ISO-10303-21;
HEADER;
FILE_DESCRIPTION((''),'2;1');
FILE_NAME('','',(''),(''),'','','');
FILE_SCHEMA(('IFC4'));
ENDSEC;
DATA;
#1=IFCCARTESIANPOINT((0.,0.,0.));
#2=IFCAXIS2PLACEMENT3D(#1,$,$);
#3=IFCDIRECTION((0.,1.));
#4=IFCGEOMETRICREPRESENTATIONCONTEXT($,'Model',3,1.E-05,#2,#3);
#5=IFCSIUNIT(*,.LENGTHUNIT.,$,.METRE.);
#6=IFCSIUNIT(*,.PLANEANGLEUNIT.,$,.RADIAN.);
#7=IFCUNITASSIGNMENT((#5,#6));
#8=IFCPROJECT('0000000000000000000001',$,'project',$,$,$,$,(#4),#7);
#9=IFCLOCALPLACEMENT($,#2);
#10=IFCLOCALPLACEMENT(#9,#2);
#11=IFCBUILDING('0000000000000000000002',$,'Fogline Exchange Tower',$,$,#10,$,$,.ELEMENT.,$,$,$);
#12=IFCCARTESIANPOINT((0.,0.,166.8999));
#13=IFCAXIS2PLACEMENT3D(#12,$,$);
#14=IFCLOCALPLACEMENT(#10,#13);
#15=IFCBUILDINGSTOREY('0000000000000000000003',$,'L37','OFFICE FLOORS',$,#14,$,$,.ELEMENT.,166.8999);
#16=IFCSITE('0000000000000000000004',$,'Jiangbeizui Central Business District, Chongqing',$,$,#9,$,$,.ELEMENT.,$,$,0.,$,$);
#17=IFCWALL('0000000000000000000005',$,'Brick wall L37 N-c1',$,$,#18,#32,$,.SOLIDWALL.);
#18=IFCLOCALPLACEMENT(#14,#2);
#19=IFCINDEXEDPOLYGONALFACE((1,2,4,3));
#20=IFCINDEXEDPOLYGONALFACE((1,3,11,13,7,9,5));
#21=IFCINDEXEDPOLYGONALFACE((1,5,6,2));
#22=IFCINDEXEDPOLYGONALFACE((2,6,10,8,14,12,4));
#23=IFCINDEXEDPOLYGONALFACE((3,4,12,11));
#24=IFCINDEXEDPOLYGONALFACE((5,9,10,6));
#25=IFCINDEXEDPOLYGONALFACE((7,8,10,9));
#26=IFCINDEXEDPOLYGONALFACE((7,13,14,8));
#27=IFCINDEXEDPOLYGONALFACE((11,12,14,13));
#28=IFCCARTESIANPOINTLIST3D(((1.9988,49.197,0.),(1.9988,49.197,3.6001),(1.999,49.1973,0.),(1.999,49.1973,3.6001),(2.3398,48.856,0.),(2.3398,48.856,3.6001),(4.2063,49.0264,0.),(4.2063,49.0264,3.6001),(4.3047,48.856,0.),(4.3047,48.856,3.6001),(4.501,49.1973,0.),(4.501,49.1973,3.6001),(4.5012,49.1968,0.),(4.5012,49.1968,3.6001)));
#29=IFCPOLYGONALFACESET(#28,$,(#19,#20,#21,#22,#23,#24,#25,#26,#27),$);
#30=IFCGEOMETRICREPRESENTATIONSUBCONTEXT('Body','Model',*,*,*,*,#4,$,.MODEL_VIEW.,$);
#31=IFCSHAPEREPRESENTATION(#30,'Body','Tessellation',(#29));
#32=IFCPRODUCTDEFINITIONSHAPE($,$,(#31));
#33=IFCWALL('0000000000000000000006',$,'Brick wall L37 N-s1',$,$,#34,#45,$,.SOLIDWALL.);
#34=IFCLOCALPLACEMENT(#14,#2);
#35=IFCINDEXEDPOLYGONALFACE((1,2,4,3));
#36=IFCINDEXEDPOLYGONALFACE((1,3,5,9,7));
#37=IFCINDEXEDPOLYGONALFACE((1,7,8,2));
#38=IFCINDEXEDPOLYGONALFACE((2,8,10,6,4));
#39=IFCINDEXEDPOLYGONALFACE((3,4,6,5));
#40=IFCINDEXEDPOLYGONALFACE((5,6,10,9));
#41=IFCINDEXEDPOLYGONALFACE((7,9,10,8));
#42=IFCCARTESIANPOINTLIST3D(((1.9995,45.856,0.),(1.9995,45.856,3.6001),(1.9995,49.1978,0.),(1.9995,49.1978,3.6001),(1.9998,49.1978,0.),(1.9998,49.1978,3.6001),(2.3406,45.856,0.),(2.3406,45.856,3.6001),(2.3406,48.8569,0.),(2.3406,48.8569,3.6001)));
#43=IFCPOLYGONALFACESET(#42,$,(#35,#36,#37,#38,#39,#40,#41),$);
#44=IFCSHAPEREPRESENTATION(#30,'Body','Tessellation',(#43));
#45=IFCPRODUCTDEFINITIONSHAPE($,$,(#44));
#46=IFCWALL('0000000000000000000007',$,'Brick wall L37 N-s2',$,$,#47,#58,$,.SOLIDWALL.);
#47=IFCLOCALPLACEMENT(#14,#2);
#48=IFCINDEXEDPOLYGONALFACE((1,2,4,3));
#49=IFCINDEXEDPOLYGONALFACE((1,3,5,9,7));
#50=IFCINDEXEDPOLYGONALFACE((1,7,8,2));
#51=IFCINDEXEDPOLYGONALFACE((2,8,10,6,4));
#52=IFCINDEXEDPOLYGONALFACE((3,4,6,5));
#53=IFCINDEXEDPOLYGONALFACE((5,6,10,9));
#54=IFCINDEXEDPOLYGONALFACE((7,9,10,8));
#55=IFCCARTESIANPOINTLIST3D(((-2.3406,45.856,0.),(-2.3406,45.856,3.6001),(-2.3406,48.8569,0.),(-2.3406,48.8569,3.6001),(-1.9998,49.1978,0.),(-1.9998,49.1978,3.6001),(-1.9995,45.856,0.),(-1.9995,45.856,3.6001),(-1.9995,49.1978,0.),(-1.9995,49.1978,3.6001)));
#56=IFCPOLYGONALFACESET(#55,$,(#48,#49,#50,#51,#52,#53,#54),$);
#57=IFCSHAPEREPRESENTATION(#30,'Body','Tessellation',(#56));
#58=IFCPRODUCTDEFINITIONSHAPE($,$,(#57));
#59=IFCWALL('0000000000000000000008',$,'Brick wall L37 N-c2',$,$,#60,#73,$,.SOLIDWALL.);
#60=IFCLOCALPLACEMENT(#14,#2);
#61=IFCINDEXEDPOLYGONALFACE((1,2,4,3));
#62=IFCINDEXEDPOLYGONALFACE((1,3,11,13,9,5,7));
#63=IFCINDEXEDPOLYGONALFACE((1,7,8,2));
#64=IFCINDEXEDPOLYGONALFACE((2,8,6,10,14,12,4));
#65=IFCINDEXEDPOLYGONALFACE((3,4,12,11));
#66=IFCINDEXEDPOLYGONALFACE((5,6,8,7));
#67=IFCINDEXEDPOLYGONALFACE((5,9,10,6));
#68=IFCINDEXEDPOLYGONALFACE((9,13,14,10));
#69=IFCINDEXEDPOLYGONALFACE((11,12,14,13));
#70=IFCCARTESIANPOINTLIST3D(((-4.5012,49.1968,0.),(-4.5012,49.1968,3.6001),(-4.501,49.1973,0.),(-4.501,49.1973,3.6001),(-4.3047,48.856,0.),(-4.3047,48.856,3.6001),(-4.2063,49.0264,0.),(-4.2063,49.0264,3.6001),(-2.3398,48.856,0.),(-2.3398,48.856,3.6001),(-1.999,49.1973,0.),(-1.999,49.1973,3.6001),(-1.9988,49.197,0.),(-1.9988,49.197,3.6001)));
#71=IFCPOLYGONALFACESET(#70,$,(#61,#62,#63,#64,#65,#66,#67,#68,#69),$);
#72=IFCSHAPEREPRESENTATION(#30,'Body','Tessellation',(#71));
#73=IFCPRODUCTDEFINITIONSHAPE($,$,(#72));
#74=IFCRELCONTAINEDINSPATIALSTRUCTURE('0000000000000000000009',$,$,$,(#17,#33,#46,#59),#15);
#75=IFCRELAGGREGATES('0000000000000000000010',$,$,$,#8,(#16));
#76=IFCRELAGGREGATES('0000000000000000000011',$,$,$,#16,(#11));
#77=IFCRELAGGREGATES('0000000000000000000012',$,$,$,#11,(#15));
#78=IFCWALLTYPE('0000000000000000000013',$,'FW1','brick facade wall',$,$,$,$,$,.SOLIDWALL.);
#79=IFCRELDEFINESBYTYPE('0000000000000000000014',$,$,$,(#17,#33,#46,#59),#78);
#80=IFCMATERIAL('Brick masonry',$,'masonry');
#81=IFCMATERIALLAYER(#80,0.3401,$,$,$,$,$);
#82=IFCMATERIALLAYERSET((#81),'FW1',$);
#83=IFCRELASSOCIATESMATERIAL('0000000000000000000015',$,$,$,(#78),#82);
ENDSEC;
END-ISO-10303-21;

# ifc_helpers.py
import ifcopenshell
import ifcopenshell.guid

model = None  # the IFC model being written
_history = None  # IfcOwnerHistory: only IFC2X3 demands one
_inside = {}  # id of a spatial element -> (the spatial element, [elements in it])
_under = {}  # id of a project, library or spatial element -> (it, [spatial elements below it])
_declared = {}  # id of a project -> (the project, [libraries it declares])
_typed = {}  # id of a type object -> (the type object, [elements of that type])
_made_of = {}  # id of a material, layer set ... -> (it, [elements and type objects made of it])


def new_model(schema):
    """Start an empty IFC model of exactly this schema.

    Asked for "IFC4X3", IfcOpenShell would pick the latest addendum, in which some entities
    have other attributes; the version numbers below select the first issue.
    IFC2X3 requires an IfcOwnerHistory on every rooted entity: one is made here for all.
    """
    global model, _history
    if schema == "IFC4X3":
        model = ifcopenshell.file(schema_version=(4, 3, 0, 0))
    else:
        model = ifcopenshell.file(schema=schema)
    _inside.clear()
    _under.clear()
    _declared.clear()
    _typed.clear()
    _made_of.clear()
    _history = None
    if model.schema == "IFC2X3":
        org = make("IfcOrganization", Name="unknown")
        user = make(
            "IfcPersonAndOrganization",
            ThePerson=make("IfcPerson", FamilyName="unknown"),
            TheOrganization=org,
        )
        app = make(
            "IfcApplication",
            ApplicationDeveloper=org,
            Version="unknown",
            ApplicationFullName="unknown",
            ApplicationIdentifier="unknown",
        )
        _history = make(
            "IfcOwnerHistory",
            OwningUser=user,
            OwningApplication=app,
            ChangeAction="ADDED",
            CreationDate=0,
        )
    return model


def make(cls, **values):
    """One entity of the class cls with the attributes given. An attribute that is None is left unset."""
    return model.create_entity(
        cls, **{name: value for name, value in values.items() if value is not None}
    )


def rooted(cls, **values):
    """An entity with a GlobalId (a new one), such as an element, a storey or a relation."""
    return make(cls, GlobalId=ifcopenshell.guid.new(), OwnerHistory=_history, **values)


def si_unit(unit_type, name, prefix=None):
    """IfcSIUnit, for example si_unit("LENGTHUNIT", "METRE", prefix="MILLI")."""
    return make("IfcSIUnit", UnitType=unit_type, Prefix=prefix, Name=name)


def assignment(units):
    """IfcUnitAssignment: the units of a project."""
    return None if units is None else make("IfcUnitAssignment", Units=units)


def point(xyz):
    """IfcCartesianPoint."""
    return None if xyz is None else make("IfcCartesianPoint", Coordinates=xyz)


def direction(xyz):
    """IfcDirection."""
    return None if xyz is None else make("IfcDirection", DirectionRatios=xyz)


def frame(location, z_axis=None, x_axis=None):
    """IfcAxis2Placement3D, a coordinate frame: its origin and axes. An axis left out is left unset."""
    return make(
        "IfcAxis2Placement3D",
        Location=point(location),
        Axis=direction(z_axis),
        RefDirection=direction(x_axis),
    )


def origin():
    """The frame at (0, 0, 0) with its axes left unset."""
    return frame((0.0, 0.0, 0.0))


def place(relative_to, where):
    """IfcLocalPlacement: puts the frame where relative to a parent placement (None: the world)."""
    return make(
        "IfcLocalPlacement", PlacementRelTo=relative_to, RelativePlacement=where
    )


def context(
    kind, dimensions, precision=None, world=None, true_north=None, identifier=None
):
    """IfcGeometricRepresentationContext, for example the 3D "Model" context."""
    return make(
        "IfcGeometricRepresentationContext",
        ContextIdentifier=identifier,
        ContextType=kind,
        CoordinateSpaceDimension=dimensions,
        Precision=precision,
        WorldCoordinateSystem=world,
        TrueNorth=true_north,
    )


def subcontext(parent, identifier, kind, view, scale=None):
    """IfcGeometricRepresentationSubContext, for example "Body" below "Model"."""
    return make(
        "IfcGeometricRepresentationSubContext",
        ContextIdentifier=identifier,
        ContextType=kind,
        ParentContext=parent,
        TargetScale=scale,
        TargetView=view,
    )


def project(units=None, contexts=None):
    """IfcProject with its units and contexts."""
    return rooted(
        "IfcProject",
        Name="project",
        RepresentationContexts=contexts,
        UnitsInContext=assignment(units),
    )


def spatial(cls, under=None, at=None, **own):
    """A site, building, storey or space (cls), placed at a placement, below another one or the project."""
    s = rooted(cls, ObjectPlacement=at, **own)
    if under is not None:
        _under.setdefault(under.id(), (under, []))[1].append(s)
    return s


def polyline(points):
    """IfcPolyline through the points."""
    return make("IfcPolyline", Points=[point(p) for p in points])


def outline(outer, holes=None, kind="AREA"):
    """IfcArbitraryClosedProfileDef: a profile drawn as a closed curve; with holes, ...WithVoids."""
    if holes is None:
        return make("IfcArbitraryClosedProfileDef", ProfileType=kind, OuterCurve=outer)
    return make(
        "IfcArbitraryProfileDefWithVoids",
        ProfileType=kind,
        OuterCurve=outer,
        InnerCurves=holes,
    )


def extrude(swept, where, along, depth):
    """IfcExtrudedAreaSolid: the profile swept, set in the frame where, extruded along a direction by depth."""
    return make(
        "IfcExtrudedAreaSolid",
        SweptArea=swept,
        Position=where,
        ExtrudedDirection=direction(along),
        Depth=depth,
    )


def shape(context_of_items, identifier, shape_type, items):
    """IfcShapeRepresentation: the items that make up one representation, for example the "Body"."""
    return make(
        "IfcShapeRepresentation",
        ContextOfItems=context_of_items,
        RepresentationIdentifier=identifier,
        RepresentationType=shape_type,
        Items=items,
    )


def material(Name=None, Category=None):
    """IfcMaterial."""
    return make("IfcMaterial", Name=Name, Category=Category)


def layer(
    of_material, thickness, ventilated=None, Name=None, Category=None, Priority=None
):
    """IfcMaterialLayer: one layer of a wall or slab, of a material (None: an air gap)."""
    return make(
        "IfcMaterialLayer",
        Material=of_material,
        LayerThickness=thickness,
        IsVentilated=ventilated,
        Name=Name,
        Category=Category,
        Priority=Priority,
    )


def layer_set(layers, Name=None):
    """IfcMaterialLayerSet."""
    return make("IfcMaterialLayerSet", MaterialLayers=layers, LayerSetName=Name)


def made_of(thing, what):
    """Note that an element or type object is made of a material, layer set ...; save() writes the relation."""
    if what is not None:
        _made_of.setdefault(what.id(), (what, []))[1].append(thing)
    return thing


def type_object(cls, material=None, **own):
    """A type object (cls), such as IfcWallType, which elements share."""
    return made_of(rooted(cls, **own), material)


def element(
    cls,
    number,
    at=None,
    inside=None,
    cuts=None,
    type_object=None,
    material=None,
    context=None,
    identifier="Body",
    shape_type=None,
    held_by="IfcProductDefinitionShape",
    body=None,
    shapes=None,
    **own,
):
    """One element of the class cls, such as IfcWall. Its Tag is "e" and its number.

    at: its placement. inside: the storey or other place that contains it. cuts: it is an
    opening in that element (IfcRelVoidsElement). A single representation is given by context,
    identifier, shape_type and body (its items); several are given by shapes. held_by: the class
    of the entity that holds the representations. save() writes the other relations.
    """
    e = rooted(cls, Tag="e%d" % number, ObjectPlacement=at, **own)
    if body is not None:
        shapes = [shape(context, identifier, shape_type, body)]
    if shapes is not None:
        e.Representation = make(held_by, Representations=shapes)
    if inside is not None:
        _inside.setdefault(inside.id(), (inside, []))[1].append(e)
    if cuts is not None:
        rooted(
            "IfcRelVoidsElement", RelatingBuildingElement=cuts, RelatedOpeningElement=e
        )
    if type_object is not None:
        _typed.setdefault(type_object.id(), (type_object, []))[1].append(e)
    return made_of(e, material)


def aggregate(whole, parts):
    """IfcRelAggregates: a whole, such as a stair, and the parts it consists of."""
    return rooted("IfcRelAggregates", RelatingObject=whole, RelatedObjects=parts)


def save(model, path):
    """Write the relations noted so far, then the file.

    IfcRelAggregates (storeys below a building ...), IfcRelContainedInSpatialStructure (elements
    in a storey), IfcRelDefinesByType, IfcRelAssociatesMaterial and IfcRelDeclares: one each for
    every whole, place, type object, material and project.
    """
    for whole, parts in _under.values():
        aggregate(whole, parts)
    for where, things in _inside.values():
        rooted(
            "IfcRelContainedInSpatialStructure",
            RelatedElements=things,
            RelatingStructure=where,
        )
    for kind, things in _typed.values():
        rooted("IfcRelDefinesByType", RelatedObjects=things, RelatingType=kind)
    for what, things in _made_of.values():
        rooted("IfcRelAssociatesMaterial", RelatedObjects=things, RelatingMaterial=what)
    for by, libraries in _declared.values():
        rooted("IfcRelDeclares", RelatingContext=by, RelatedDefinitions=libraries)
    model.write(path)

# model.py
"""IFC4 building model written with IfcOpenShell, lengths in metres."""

from ifc_helpers import new_model, si_unit, direction, frame, origin, place, context, subcontext, project, spatial, polyline, outline, extrude, material, layer, layer_set, type_object, element, save


model = new_model("IFC4")

# Units and contexts
model_context = context("Model", 3, precision=1e-05, world=origin(), true_north=direction((0.0, 1.0)))
body_context = subcontext(model_context, "Body", "Model", "MODEL_VIEW")
ifc_project = project(units=[si_unit("LENGTHUNIT", "METRE"), si_unit("PLANEANGLEUNIT", "RADIAN")], contexts=[model_context])

# Site, building, storey
site_placement = place(None, origin())
site = spatial("IfcSite", under=ifc_project, at=site_placement, Name="Jiangbeizui Central Business District, Chongqing", CompositionType="ELEMENT", RefElevation=0.0)
building_placement = place(site_placement, origin())
building = spatial("IfcBuilding", under=site, at=building_placement, Name="Fogline Exchange Tower", CompositionType="ELEMENT")
storey_placement = place(building_placement, frame((0.0, 0.0, 166.8999)))
storey = spatial("IfcBuildingStorey", under=building, at=storey_placement, Name="L37", Description="OFFICE FLOORS", CompositionType="ELEMENT", Elevation=166.8999)

# Walls
ifc_material_1 = material(Name="Brick masonry", Category="masonry")
ifc_layer_1 = layer(ifc_material_1, 0.3401)
ifc_layer_set_1 = layer_set([ifc_layer_1], Name="FW1")
wall_type = type_object("IfcWallType", Name="FW1", Description="brick facade wall", PredefinedType="SOLIDWALL", material=ifc_layer_set_1)
wall_1_placement = place(storey_placement, origin())
element("IfcWall", 1, at=wall_1_placement, inside=storey, type_object=wall_type, Name="Brick wall L37 N-c1", PredefinedType="SOLIDWALL", context=body_context, shape_type="SweptSolid", body=[
    extrude(outline(polyline([(1.999, 49.1973), (4.501, 49.1973), (4.5012, 49.1968), (4.2063, 49.0264), (4.3047, 48.856), (2.3398, 48.856), (1.9988, 49.197), (1.999, 49.1973)])), origin(), (0.0, 0.0, 1.0), 3.6001),
])
wall_2_placement = place(storey_placement, origin())
element("IfcWall", 2, at=wall_2_placement, inside=storey, type_object=wall_type, Name="Brick wall L37 N-s1", PredefinedType="SOLIDWALL", context=body_context, shape_type="SweptSolid", body=[
    extrude(outline(polyline([(2.3406, 45.856), (1.9995, 45.856), (1.9995, 49.1978), (1.9998, 49.1978), (2.3406, 48.8569), (2.3406, 45.856)])), origin(), (0.0, 0.0, 1.0), 3.6001),
])
wall_3_placement = place(storey_placement, origin())
element("IfcWall", 3, at=wall_3_placement, inside=storey, type_object=wall_type, Name="Brick wall L37 N-s2", PredefinedType="SOLIDWALL", context=body_context, shape_type="SweptSolid", body=[
    extrude(outline(polyline([(-1.9995, 49.1978), (-1.9995, 45.856), (-2.3406, 45.856), (-2.3406, 48.8569), (-1.9998, 49.1978), (-1.9995, 49.1978)])), origin(), (0.0, 0.0, 1.0), 3.6001),
])
wall_4_placement = place(storey_placement, origin())
element("IfcWall", 4, at=wall_4_placement, inside=storey, type_object=wall_type, Name="Brick wall L37 N-c2", PredefinedType="SOLIDWALL", context=body_context, shape_type="SweptSolid", body=[
    extrude(outline(polyline([(-4.3047, 48.856), (-4.2063, 49.0264), (-4.5012, 49.1968), (-4.501, 49.1973), (-1.999, 49.1973), (-1.9988, 49.197), (-2.3398, 48.856), (-4.3047, 48.856)])), origin(), (0.0, 0.0, 1.0), 3.6001),
])

save(model, "model.ifc")
